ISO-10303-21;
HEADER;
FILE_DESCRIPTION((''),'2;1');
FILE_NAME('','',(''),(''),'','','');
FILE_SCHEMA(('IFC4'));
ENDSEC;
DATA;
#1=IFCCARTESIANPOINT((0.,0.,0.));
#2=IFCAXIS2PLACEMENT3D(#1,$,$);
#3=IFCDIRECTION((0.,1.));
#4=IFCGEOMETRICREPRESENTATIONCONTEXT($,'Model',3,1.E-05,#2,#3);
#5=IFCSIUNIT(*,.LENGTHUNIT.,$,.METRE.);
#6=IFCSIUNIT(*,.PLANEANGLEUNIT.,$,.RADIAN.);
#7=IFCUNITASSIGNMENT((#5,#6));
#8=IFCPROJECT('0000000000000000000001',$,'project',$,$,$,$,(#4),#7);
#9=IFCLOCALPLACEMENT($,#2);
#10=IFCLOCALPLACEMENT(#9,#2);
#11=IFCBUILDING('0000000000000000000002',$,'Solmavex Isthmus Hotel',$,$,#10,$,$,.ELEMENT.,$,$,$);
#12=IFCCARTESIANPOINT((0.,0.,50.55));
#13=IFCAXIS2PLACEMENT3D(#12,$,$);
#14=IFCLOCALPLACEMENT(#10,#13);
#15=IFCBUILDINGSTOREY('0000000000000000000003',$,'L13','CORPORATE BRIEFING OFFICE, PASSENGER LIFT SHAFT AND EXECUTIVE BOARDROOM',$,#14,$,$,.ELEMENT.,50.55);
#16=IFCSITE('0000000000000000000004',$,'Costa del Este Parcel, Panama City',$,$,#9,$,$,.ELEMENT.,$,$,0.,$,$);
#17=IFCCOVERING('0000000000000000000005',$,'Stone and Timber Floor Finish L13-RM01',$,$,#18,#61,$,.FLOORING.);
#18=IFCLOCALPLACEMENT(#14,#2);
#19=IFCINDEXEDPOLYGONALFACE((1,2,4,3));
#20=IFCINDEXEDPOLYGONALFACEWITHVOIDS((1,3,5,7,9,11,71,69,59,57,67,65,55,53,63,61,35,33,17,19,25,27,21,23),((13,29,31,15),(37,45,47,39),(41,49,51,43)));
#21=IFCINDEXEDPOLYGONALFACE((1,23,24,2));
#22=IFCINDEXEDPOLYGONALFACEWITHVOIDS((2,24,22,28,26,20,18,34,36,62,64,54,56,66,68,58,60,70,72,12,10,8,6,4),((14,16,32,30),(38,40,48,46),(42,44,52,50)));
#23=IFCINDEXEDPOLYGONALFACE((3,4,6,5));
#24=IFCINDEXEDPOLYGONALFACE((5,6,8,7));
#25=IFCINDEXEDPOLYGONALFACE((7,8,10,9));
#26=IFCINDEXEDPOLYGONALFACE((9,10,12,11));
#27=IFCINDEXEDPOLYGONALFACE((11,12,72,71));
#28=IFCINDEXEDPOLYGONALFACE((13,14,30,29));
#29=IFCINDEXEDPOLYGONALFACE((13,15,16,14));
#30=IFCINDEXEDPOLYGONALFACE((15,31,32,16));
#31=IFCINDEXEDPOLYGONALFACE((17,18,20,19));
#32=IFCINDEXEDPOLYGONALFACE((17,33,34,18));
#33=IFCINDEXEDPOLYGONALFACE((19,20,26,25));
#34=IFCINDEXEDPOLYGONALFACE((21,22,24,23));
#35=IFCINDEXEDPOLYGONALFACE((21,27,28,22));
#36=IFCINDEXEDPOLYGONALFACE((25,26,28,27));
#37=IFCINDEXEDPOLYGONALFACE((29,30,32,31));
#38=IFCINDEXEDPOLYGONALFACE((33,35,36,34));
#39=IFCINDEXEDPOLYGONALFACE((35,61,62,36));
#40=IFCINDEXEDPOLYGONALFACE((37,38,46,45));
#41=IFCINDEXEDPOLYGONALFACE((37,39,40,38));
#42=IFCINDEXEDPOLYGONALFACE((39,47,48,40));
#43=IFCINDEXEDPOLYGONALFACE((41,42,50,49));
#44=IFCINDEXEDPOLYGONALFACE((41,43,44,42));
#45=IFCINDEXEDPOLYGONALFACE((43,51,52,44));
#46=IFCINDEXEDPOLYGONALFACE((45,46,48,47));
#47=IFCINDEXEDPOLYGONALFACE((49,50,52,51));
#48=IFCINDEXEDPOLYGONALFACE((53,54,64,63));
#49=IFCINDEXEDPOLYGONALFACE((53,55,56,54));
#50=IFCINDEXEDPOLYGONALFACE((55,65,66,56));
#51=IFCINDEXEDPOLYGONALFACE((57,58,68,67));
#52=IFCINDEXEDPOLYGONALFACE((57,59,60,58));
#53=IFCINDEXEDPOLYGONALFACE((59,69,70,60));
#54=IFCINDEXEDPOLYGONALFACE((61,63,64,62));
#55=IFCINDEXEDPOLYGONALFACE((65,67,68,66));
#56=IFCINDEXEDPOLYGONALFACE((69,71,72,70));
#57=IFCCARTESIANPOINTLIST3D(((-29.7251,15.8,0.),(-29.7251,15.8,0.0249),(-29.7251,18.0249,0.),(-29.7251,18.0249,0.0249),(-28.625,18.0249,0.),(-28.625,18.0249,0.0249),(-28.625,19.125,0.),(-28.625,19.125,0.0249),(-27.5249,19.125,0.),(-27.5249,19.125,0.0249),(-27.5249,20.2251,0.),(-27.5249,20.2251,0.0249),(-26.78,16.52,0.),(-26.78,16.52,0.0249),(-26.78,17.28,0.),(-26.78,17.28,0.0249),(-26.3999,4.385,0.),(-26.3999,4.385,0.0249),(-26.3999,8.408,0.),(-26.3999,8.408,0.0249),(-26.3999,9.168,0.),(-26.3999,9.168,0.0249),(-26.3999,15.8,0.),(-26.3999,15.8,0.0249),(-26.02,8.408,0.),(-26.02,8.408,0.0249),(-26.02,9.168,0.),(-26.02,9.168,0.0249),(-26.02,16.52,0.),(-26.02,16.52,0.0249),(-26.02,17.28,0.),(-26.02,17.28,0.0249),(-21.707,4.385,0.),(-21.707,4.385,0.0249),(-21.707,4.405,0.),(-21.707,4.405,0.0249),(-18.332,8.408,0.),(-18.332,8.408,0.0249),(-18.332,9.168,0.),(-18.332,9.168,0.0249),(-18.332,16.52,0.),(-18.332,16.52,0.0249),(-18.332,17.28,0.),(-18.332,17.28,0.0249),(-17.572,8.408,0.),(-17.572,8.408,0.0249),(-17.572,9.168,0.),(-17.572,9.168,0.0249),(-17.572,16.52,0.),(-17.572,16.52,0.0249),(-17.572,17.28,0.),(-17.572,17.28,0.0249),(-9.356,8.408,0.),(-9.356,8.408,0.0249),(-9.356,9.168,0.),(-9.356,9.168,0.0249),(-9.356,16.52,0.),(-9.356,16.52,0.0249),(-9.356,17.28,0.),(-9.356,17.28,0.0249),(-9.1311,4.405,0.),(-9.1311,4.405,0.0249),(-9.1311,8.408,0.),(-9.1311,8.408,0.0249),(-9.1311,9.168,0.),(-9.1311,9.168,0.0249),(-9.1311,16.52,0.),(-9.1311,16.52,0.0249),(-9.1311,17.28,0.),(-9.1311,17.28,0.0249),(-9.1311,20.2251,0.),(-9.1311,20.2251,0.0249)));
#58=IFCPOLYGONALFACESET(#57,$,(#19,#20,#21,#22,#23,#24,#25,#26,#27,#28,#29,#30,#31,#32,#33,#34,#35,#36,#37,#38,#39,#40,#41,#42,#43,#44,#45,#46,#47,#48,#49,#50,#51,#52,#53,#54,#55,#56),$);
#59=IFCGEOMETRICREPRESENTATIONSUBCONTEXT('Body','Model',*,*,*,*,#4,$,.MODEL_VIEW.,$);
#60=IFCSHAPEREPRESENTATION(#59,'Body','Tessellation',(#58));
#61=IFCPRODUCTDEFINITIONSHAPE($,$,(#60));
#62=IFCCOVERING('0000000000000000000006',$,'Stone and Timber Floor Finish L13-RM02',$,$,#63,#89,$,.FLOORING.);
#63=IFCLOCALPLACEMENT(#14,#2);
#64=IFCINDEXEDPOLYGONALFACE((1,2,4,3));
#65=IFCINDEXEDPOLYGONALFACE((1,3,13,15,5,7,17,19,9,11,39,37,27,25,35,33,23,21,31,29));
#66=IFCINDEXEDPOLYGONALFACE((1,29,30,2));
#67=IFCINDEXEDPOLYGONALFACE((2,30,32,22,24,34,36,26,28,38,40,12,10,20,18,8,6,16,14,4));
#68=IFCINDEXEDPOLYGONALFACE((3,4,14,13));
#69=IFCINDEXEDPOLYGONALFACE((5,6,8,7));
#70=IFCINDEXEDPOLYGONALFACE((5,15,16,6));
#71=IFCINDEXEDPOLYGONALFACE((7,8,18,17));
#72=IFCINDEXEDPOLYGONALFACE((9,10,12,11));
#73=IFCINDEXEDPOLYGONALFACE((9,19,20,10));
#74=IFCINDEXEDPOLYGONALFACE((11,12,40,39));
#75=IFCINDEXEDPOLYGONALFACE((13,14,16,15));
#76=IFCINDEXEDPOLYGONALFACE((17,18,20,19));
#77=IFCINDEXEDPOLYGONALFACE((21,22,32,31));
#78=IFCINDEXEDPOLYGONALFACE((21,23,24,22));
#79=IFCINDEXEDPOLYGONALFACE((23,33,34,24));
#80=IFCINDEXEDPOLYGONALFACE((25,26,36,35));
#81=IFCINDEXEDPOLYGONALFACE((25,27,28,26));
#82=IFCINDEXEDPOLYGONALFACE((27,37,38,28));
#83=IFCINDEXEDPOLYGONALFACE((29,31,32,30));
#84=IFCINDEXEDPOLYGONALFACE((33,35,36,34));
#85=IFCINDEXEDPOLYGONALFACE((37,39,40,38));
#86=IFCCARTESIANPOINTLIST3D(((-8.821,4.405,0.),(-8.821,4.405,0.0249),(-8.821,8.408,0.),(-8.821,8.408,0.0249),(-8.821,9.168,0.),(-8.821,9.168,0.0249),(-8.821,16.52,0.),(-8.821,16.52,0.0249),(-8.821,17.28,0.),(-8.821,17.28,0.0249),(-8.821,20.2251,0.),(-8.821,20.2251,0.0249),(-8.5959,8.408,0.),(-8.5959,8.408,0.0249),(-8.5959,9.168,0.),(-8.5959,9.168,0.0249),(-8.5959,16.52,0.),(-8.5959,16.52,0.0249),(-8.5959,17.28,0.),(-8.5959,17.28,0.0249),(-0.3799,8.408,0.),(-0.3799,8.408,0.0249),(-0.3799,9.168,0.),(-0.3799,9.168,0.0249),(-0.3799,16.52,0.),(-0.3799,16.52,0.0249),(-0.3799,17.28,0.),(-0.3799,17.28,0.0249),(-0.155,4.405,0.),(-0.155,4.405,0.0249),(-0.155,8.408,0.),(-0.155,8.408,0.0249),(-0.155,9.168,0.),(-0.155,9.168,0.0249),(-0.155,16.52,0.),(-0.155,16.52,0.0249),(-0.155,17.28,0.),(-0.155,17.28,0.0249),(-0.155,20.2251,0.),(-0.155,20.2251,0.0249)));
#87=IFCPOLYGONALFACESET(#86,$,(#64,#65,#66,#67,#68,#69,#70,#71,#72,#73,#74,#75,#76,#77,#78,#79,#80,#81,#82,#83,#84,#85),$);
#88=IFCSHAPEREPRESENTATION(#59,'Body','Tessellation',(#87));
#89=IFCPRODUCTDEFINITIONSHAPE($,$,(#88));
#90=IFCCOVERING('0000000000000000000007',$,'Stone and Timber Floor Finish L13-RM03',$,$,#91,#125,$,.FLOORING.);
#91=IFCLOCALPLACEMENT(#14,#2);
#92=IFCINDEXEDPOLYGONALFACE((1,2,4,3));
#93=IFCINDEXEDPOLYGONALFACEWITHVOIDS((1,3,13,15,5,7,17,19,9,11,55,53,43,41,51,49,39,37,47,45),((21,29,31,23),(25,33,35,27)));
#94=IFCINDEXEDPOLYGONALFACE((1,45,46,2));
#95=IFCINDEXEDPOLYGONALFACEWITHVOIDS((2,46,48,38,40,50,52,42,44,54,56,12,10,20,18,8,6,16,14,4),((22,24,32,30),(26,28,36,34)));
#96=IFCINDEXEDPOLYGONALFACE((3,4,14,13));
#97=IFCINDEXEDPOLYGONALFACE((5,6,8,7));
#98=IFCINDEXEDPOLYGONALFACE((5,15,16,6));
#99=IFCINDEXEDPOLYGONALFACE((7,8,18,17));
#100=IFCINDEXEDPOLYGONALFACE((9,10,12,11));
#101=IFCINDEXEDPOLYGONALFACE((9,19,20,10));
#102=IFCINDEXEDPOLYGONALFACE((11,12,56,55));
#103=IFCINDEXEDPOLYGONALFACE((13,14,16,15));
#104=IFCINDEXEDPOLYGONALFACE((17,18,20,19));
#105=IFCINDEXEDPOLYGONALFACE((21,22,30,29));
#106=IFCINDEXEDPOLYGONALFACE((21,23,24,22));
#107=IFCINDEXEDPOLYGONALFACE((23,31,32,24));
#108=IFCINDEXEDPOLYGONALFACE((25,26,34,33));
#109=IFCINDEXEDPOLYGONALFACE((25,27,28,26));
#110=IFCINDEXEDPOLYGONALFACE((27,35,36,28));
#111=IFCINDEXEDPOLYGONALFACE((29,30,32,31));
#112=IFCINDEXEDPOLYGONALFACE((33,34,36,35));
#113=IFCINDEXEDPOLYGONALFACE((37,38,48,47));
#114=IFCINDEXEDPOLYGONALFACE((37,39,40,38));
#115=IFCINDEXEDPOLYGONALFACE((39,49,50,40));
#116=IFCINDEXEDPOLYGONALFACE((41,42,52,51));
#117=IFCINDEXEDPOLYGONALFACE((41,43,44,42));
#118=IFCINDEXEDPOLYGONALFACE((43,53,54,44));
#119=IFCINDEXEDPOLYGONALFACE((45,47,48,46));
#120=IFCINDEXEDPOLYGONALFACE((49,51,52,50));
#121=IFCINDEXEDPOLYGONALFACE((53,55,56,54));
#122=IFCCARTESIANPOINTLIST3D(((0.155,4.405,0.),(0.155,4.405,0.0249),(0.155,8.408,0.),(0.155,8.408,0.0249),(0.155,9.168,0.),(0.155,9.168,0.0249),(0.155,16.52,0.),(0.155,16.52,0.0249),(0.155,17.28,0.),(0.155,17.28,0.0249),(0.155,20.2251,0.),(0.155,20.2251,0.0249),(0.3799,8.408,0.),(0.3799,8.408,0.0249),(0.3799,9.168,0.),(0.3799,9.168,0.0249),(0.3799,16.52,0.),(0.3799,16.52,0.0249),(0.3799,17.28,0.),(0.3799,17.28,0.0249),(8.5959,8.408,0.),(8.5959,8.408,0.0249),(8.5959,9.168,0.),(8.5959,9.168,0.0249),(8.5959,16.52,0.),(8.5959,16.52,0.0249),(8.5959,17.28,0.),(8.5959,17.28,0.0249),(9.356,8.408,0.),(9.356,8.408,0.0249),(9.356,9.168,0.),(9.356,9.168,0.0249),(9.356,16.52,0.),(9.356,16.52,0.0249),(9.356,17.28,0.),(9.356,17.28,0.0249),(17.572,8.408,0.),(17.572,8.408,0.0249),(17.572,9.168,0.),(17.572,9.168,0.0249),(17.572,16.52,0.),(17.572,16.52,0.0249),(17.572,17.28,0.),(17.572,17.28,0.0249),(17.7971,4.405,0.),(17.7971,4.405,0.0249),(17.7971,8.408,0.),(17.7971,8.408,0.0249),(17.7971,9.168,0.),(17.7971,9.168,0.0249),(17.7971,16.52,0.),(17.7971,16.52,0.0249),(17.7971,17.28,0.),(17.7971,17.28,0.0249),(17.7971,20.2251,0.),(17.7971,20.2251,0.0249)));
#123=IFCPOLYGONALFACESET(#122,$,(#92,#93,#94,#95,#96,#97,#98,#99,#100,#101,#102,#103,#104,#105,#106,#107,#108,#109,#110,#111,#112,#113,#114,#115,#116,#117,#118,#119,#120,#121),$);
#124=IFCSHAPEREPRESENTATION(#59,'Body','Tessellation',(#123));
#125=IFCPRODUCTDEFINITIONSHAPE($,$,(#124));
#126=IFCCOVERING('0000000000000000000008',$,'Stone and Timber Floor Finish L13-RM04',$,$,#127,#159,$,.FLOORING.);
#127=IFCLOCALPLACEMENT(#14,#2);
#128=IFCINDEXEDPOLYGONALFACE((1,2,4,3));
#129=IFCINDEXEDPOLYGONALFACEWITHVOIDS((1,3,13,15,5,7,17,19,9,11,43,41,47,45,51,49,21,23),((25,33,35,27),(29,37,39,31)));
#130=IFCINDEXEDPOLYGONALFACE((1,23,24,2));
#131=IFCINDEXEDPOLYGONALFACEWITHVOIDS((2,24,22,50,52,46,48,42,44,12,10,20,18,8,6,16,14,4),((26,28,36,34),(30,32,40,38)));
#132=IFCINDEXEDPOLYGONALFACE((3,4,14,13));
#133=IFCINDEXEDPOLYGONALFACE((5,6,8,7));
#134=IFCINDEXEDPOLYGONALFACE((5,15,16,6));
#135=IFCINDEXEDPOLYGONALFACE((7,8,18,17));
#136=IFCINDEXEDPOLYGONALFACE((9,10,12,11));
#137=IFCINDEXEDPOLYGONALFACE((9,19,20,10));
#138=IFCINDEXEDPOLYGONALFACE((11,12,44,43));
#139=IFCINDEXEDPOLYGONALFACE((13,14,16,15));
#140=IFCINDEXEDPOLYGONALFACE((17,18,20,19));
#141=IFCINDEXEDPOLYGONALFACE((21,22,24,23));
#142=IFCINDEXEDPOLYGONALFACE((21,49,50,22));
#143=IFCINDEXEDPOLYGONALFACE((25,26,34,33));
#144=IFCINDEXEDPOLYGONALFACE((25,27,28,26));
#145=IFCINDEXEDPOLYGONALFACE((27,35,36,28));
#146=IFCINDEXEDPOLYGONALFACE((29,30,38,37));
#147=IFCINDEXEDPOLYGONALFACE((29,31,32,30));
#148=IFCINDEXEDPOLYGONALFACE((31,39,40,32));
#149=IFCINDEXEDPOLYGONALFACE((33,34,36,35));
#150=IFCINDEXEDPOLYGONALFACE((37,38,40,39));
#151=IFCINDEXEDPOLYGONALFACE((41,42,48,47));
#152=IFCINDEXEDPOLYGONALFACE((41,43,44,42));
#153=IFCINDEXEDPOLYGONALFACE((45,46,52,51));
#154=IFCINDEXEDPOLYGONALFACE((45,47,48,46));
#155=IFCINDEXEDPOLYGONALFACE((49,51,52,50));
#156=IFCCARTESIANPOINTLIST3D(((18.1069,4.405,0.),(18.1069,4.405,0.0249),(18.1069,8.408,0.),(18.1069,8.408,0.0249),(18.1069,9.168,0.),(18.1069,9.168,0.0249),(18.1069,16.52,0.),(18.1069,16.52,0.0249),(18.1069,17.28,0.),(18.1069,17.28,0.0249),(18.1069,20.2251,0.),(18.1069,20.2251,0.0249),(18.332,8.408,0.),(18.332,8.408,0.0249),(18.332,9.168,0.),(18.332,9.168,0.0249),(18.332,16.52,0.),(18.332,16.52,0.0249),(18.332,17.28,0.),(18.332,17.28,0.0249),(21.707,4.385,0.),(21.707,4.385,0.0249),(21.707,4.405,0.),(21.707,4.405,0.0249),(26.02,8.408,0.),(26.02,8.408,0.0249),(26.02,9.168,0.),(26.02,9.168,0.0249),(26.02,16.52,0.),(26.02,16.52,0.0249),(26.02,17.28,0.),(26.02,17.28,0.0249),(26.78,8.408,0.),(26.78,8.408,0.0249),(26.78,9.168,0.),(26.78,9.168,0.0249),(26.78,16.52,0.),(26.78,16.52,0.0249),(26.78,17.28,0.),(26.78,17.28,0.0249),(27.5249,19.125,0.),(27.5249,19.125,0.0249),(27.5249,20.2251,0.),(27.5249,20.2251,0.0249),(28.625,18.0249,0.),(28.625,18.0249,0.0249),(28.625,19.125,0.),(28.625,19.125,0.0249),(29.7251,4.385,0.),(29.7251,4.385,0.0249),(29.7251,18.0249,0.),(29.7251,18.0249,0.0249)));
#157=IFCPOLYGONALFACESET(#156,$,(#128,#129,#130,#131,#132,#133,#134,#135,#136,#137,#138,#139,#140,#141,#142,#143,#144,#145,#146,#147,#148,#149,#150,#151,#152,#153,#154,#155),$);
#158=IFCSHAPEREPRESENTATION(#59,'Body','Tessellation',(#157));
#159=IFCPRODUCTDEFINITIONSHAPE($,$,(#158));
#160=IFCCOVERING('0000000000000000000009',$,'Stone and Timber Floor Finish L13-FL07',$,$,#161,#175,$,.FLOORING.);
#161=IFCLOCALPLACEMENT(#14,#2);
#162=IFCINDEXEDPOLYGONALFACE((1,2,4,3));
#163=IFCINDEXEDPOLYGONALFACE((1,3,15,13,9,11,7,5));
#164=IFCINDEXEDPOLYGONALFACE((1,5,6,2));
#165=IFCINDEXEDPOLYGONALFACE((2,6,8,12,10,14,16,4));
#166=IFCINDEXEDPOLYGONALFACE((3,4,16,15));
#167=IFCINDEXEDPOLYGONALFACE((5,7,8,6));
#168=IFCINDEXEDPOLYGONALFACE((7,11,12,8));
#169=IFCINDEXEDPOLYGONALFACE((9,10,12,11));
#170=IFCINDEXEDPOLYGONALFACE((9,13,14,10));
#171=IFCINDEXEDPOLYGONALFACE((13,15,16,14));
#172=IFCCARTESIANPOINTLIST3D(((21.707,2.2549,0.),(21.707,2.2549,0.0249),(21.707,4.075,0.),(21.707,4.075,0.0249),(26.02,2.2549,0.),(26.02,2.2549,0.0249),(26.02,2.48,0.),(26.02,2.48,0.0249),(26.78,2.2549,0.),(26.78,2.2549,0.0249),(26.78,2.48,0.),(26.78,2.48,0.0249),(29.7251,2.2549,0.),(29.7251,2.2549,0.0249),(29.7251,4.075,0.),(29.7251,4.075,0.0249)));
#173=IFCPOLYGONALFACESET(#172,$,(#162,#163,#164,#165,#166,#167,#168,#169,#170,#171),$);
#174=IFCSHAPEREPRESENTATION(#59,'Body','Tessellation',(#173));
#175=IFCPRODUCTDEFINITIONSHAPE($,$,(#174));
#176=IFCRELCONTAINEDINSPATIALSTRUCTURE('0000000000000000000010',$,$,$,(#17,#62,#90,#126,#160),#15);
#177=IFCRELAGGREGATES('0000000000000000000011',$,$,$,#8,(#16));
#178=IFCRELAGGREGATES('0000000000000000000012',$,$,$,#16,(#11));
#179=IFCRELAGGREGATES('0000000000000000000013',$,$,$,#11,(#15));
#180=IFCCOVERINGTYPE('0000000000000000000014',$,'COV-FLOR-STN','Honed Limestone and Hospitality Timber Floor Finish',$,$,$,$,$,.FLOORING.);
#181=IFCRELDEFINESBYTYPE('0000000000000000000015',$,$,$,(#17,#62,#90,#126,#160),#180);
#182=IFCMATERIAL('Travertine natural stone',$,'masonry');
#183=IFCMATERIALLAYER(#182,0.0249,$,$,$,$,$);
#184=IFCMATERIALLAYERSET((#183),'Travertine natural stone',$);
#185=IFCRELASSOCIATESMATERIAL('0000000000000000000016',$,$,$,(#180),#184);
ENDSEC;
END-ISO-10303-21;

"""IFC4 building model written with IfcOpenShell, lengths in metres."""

from ifc_helpers import new_model, si_unit, direction, frame, origin, place, context, subcontext, project, spatial, polyline, outline, extrude, material, layer, layer_set, type_object, element, save


model = new_model("IFC4")

# Units and contexts
model_context = context("Model", 3, precision=1e-05, world=origin(), true_north=direction((0.0, 1.0)))
body_context = subcontext(model_context, "Body", "Model", "MODEL_VIEW")
ifc_project = project(units=[si_unit("LENGTHUNIT", "METRE"), si_unit("PLANEANGLEUNIT", "RADIAN")], contexts=[model_context])

# Site, building, storey
site_placement = place(None, origin())
site = spatial("IfcSite", under=ifc_project, at=site_placement, Name="Costa del Este Parcel, Panama City", CompositionType="ELEMENT", RefElevation=0.0)
building_placement = place(site_placement, origin())
building = spatial("IfcBuilding", under=site, at=building_placement, Name="Solmavex Isthmus Hotel", CompositionType="ELEMENT")
storey_placement = place(building_placement, frame((0.0, 0.0, 50.55)))
storey = spatial("IfcBuildingStorey", under=building, at=storey_placement, Name="L13", Description="CORPORATE BRIEFING OFFICE, PASSENGER LIFT SHAFT AND EXECUTIVE BOARDROOM", CompositionType="ELEMENT", Elevation=50.55)

# Coverings
ifc_material_1 = material(Name="Travertine natural stone", Category="masonry")
ifc_layer_1 = layer(ifc_material_1, 0.0249)
ifc_layer_set_1 = layer_set([ifc_layer_1], Name="Travertine natural stone")
covering_type_1 = type_object("IfcCoveringType", Name="COV-FLOR-STN", Description="Honed Limestone and Hospitality Timber Floor Finish", PredefinedType="FLOORING", material=ifc_layer_set_1)
covering_1_placement = place(storey_placement, origin())
element("IfcCovering", 1, at=covering_1_placement, inside=storey, type_object=covering_type_1, Name="Stone and Timber Floor Finish L13-RM01", PredefinedType="FLOORING", context=body_context, shape_type="SweptSolid", body=[
    extrude(outline(polyline([(-21.707, 4.385), (-21.707, 4.405), (-9.1311, 4.405), (-9.1311, 8.408), (-9.356, 8.408), (-9.356, 9.168), (-9.1311, 9.168), (-9.1311, 16.52), (-9.356, 16.52), (-9.356, 17.28), (-9.1311, 17.28), (-9.1311, 20.2251), (-27.5249, 20.2251), (-27.5249, 19.125), (-28.625, 19.125), (-28.625, 18.0249), (-29.7251, 18.0249), (-29.7251, 15.8), (-26.3999, 15.8), (-26.3999, 9.168), (-26.02, 9.168), (-26.02, 8.408), (-26.3999, 8.408), (-26.3999, 4.385), (-21.707, 4.385)]), holes=[polyline([(-18.332, 8.408), (-18.332, 9.168), (-17.572, 9.168), (-17.572, 8.408), (-18.332, 8.408)]), polyline([(-18.332, 17.28), (-17.572, 17.28), (-17.572, 16.52), (-18.332, 16.52), (-18.332, 17.28)]), polyline([(-26.78, 17.28), (-26.02, 17.28), (-26.02, 16.52), (-26.78, 16.52), (-26.78, 17.28)])]), origin(), (0.0, 0.0, 1.0), 0.0249),
])
covering_2_placement = place(storey_placement, origin())
element("IfcCovering", 2, at=covering_2_placement, inside=storey, type_object=covering_type_1, Name="Stone and Timber Floor Finish L13-RM02", PredefinedType="FLOORING", context=body_context, shape_type="SweptSolid", body=[
    extrude(outline(polyline([(-8.821, 9.168), (-8.5959, 9.168), (-8.5959, 8.408), (-8.821, 8.408), (-8.821, 4.405), (-0.155, 4.405), (-0.155, 8.408), (-0.3799, 8.408), (-0.3799, 9.168), (-0.155, 9.168), (-0.155, 16.52), (-0.3799, 16.52), (-0.3799, 17.28), (-0.155, 17.28), (-0.155, 20.2251), (-8.821, 20.2251), (-8.821, 17.28), (-8.5959, 17.28), (-8.5959, 16.52), (-8.821, 16.52), (-8.821, 9.168)])), origin(), (0.0, 0.0, 1.0), 0.0249),
])
covering_3_placement = place(storey_placement, origin())
element("IfcCovering", 3, at=covering_3_placement, inside=storey, type_object=covering_type_1, Name="Stone and Timber Floor Finish L13-RM03", PredefinedType="FLOORING", context=body_context, shape_type="SweptSolid", body=[
    extrude(outline(polyline([(0.155, 9.168), (0.3799, 9.168), (0.3799, 8.408), (0.155, 8.408), (0.155, 4.405), (17.7971, 4.405), (17.7971, 8.408), (17.572, 8.408), (17.572, 9.168), (17.7971, 9.168), (17.7971, 16.52), (17.572, 16.52), (17.572, 17.28), (17.7971, 17.28), (17.7971, 20.2251), (0.155, 20.2251), (0.155, 17.28), (0.3799, 17.28), (0.3799, 16.52), (0.155, 16.52), (0.155, 9.168)]), holes=[polyline([(8.5959, 8.408), (8.5959, 9.168), (9.356, 9.168), (9.356, 8.408), (8.5959, 8.408)]), polyline([(8.5959, 17.28), (9.356, 17.28), (9.356, 16.52), (8.5959, 16.52), (8.5959, 17.28)])]), origin(), (0.0, 0.0, 1.0), 0.0249),
])
covering_4_placement = place(storey_placement, origin())
element("IfcCovering", 4, at=covering_4_placement, inside=storey, type_object=covering_type_1, Name="Stone and Timber Floor Finish L13-RM04", PredefinedType="FLOORING", context=body_context, shape_type="SweptSolid", body=[
    extrude(outline(polyline([(18.1069, 9.168), (18.332, 9.168), (18.332, 8.408), (18.1069, 8.408), (18.1069, 4.405), (21.707, 4.405), (21.707, 4.385), (29.7251, 4.385), (29.7251, 18.0249), (28.625, 18.0249), (28.625, 19.125), (27.5249, 19.125), (27.5249, 20.2251), (18.1069, 20.2251), (18.1069, 17.28), (18.332, 17.28), (18.332, 16.52), (18.1069, 16.52), (18.1069, 9.168)]), holes=[polyline([(26.02, 8.408), (26.02, 9.168), (26.78, 9.168), (26.78, 8.408), (26.02, 8.408)]), polyline([(26.02, 16.52), (26.02, 17.28), (26.78, 17.28), (26.78, 16.52), (26.02, 16.52)])]), origin(), (0.0, 0.0, 1.0), 0.0249),
])
covering_5_placement = place(storey_placement, origin())
element("IfcCovering", 5, at=covering_5_placement, inside=storey, type_object=covering_type_1, Name="Stone and Timber Floor Finish L13-FL07", PredefinedType="FLOORING", context=body_context, shape_type="SweptSolid", body=[
    extrude(outline(polyline([(26.02, 2.2549), (26.02, 2.48), (26.78, 2.48), (26.78, 2.2549), (29.7251, 2.2549), (29.7251, 4.075), (21.707, 4.075), (21.707, 2.2549), (26.02, 2.2549)])), origin(), (0.0, 0.0, 1.0), 0.0249),
])

save(model, "model.ifc")
